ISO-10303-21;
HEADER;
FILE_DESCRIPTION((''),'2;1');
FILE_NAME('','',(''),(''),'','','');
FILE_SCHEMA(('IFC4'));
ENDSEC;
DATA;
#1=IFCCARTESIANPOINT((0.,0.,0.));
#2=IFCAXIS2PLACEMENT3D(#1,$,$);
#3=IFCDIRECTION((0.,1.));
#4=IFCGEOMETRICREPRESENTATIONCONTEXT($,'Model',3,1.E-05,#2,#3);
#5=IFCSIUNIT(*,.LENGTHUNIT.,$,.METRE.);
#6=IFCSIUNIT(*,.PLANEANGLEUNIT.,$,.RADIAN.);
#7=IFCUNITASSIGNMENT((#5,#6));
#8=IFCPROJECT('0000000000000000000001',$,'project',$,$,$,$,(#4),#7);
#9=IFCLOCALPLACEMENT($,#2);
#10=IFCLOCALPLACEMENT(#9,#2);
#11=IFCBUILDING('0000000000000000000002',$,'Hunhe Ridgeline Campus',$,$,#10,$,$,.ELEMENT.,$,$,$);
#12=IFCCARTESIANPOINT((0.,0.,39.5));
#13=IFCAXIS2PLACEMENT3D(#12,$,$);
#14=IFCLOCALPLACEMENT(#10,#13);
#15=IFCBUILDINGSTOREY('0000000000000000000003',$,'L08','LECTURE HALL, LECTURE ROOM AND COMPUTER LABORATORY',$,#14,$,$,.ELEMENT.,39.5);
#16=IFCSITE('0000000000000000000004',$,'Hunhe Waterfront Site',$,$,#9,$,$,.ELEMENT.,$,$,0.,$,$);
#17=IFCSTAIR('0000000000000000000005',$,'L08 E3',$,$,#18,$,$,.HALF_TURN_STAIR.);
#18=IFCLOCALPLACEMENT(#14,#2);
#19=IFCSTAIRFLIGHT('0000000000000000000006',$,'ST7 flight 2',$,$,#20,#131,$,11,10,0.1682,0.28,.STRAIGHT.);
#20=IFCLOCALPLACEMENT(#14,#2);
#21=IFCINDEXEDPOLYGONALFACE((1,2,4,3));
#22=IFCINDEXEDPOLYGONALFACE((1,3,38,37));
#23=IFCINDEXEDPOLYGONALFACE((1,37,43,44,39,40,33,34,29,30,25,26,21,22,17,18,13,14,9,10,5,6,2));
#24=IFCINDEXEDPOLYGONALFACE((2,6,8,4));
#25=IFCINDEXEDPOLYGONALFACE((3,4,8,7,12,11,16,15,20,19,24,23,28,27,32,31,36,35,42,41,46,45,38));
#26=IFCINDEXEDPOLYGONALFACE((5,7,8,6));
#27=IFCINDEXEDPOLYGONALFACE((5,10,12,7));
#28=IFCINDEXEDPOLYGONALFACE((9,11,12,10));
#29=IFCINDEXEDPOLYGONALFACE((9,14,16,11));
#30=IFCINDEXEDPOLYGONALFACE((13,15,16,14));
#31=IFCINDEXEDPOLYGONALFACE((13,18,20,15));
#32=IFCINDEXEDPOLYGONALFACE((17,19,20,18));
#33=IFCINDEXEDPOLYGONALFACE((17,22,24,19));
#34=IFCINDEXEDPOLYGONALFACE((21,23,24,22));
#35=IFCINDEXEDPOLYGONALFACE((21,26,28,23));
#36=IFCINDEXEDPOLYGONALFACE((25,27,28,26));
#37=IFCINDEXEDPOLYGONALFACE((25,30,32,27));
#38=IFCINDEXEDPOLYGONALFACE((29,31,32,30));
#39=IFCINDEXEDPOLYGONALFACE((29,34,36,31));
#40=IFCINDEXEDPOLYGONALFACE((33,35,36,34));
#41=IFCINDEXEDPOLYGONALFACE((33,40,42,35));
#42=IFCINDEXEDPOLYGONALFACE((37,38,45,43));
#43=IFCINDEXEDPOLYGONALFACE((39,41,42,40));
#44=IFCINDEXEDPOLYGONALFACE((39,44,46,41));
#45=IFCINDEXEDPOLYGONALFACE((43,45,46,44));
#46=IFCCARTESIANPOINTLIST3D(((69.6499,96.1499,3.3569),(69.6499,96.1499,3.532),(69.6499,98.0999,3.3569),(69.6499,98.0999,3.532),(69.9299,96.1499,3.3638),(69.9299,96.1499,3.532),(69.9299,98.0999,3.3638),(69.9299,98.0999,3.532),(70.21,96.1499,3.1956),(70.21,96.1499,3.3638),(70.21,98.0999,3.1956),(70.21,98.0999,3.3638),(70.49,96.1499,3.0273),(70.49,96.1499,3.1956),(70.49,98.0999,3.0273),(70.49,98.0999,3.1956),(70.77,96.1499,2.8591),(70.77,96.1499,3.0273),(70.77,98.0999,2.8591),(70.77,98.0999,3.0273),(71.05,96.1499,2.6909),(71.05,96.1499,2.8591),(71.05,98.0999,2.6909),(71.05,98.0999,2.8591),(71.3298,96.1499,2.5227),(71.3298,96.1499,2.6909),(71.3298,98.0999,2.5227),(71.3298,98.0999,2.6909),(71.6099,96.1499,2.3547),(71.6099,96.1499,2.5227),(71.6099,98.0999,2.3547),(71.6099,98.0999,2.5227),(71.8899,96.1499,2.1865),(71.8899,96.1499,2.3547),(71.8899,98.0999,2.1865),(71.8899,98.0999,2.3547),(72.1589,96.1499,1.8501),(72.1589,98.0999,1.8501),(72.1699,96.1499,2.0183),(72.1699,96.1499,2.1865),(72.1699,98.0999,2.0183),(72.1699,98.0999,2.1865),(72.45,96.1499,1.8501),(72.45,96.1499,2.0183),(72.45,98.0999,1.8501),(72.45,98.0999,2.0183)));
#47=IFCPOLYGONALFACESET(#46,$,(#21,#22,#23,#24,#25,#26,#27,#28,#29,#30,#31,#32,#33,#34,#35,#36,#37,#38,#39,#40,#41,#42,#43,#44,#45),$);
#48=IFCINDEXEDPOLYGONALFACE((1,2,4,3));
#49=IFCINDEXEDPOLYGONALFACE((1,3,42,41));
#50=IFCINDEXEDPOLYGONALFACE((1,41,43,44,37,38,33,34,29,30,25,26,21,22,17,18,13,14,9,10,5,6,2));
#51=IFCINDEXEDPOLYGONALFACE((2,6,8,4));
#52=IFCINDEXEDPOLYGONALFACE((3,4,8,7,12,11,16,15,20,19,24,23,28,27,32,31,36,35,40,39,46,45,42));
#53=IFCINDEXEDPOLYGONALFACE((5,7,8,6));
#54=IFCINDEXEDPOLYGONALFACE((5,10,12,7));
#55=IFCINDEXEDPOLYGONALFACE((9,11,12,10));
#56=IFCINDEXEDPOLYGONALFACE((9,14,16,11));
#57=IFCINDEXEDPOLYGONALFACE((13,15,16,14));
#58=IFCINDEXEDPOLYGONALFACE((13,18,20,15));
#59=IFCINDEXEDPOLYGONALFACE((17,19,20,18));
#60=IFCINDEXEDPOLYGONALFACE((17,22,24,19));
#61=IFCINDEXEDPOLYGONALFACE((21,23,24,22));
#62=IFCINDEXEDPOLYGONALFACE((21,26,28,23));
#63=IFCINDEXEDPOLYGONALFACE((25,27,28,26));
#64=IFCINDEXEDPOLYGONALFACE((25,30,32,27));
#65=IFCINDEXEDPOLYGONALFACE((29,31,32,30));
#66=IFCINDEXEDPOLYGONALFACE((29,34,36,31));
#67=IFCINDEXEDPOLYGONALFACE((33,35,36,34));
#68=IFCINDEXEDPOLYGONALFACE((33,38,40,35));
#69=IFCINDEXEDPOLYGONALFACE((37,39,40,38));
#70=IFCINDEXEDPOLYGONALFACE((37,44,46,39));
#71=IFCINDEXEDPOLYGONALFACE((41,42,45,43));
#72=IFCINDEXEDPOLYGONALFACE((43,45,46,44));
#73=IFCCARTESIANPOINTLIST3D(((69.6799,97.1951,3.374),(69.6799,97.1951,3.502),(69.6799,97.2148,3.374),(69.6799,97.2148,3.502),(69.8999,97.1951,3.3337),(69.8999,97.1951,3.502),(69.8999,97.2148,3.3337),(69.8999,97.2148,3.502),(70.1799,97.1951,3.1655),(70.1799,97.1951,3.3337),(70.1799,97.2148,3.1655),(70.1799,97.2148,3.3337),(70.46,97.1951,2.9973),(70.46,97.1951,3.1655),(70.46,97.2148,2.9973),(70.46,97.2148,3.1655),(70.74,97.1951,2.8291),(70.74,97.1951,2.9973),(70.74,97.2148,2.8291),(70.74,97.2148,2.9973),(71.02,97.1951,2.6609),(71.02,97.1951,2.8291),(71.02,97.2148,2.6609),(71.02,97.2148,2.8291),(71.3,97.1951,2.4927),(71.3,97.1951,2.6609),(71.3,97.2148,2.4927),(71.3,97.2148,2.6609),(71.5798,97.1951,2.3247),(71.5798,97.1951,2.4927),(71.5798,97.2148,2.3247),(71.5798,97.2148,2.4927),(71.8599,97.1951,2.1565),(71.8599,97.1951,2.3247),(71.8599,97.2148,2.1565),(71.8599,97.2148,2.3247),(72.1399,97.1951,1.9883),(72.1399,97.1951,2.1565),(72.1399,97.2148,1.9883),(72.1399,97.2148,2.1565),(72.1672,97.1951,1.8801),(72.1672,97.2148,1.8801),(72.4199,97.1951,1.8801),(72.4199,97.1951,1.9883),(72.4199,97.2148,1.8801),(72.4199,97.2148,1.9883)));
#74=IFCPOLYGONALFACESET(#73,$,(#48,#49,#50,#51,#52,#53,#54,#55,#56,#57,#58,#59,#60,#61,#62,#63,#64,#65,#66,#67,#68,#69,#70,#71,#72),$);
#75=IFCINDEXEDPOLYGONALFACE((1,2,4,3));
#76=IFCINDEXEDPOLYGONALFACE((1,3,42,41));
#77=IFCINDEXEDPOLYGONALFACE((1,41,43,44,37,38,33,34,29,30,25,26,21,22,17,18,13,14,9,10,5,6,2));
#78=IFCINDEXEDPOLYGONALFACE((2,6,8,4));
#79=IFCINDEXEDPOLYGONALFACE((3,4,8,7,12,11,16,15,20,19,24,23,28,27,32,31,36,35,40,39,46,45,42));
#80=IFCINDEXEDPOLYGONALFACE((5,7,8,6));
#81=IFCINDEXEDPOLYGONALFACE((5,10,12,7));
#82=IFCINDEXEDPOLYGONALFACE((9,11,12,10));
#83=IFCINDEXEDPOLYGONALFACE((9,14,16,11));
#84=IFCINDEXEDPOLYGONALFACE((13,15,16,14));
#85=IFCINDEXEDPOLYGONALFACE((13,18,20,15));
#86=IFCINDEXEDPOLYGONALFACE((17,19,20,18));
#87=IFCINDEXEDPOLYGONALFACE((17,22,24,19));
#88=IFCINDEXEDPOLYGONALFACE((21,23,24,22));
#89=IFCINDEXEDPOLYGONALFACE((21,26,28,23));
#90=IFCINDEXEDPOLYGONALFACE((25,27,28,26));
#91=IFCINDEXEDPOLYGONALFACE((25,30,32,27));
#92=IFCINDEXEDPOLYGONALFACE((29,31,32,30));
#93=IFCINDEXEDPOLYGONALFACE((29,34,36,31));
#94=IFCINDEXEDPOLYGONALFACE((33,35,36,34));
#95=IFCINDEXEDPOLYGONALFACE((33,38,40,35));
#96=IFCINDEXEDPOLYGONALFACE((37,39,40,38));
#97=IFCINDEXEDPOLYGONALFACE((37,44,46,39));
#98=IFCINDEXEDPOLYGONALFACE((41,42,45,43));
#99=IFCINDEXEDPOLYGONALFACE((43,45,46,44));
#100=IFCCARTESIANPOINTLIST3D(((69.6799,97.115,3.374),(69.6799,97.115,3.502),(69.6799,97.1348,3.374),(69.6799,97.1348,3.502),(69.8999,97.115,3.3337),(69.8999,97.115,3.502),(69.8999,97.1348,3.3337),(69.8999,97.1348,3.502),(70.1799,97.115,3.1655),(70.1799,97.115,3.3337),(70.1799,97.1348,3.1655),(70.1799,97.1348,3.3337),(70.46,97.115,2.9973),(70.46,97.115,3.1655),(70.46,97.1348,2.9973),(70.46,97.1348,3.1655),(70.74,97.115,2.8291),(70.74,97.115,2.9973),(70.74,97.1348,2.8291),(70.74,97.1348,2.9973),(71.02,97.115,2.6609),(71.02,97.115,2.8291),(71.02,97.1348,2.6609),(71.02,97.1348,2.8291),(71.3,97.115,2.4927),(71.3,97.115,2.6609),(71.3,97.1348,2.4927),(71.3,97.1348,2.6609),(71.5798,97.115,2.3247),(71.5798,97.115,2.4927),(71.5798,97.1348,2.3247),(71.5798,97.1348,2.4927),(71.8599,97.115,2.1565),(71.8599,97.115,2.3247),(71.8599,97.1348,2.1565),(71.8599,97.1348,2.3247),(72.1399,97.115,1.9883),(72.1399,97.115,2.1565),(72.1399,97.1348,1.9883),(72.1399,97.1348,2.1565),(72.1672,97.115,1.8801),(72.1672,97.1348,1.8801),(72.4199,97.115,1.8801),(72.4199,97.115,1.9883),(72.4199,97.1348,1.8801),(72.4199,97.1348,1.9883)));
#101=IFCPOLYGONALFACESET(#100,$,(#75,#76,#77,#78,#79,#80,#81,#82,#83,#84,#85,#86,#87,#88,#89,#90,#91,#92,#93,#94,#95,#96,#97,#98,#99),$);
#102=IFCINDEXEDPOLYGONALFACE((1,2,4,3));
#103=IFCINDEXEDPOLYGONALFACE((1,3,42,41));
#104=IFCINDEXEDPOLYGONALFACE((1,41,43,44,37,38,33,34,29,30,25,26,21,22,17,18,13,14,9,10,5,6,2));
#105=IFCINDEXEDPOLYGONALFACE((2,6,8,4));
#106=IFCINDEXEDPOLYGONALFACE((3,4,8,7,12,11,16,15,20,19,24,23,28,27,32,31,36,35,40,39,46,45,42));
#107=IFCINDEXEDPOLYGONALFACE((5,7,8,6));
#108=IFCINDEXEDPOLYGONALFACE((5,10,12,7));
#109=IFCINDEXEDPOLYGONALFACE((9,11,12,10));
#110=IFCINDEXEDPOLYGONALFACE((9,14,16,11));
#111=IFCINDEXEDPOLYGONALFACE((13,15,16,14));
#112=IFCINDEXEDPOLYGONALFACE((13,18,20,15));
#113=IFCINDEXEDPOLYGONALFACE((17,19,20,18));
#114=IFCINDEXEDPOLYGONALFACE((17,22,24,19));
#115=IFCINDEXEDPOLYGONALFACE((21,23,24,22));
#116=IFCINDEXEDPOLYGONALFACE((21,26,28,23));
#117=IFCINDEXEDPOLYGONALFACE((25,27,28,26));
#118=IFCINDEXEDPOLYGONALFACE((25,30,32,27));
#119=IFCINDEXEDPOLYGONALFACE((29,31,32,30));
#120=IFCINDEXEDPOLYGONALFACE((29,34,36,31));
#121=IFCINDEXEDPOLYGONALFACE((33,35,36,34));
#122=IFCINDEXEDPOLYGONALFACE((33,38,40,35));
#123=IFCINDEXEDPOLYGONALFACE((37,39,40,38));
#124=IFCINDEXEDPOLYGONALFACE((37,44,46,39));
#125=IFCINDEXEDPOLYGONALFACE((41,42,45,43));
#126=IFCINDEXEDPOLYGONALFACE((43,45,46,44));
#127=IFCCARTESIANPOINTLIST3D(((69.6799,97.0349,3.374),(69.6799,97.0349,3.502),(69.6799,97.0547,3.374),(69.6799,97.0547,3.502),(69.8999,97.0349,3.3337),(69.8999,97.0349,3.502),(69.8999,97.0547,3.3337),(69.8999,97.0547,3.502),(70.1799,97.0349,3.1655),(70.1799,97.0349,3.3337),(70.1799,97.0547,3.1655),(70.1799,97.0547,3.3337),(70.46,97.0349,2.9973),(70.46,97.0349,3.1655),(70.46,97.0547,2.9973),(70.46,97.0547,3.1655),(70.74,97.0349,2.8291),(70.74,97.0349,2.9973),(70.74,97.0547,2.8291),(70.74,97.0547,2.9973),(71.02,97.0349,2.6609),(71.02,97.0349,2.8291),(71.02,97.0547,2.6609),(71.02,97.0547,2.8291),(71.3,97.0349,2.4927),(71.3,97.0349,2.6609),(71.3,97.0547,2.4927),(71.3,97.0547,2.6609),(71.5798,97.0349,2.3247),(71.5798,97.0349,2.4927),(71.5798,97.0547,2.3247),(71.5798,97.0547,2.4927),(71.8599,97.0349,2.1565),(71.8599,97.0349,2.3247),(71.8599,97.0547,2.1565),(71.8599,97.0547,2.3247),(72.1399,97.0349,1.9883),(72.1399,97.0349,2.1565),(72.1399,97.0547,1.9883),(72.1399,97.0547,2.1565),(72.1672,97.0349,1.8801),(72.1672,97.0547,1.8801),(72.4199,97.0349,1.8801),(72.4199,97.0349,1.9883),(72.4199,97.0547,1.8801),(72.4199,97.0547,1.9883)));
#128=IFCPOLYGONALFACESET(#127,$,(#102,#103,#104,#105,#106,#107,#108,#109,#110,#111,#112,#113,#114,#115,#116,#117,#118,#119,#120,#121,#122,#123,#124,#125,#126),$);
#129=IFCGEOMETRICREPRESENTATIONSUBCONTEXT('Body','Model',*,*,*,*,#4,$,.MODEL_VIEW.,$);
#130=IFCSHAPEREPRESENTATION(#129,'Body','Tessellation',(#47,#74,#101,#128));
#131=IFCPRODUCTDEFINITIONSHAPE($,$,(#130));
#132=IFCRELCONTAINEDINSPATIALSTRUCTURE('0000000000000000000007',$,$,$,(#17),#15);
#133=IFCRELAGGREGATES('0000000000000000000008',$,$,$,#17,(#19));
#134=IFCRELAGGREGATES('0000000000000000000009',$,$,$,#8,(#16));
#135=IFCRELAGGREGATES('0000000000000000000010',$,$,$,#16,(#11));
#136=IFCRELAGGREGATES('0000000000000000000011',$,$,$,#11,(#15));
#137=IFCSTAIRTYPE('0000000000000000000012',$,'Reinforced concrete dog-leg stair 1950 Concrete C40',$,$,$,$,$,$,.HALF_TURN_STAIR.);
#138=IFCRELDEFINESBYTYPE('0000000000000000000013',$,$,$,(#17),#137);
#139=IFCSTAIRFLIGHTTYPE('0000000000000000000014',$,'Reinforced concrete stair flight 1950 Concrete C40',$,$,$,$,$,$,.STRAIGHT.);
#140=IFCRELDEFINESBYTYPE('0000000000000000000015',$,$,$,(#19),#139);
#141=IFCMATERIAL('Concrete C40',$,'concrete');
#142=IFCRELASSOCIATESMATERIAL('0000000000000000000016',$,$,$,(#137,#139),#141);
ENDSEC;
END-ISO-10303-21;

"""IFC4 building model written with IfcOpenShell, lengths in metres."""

from ifc_helpers import new_model, si_unit, direction, frame, origin, place, context, subcontext, project, spatial, polyline, outline, extrude, material, type_object, element, aggregate, save


model = new_model("IFC4")

# Units and contexts
model_context = context("Model", 3, precision=1e-05, world=origin(), true_north=direction((0.0, 1.0)))
body_context = subcontext(model_context, "Body", "Model", "MODEL_VIEW")
ifc_project = project(units=[si_unit("LENGTHUNIT", "METRE"), si_unit("PLANEANGLEUNIT", "RADIAN")], contexts=[model_context])

# Site, building, storey
site_placement = place(None, origin())
site = spatial("IfcSite", under=ifc_project, at=site_placement, Name="Hunhe Waterfront Site", CompositionType="ELEMENT", RefElevation=0.0)
building_placement = place(site_placement, origin())
building = spatial("IfcBuilding", under=site, at=building_placement, Name="Hunhe Ridgeline Campus", CompositionType="ELEMENT")
storey_placement = place(building_placement, frame((0.0, 0.0, 39.5)))
storey = spatial("IfcBuildingStorey", under=building, at=storey_placement, Name="L08", Description="LECTURE HALL, LECTURE ROOM AND COMPUTER LABORATORY", CompositionType="ELEMENT", Elevation=39.5)

# Stair, stair flight
ifc_material_1 = material(Name="Concrete C40", Category="concrete")
stair_type = type_object("IfcStairType", Name="Reinforced concrete dog-leg stair 1950 Concrete C40", PredefinedType="HALF_TURN_STAIR", material=ifc_material_1)
stair_placement = place(storey_placement, origin())
stair = element("IfcStair", 1, at=stair_placement, inside=storey, type_object=stair_type, Name="L08 E3", PredefinedType="HALF_TURN_STAIR")
stair_flight_type = type_object("IfcStairFlightType", Name="Reinforced concrete stair flight 1950 Concrete C40", PredefinedType="STRAIGHT", material=ifc_material_1)
stair_flight_1_placement = place(storey_placement, frame((72.45, 97.125, 1.8501), z_axis=(0.0, 0.0, 1.0), x_axis=(-1.0, 0.0, 0.0)))
stair_flight_1 = element("IfcStairFlight", 2, at=stair_flight_1_placement, type_object=stair_flight_type, Name="ST7 flight 2", NumberOfRisers=11, NumberOfTreads=10, PredefinedType="STRAIGHT", RiserHeight=0.1682, TreadLength=0.28, context=body_context, shape_type="SweptSolid", body=[
    extrude(outline(polyline([(0.0, 0.0), (0.0, 0.1682), (0.28, 0.1682), (0.28, 0.3364), (0.5601, 0.3364), (0.5601, 0.5046), (0.8401, 0.5046), (0.8401, 0.6726), (1.1201, 0.6726), (1.1201, 0.8408), (1.3999, 0.8408), (1.3999, 1.009), (1.6799, 1.009), (1.6799, 1.1772), (1.96, 1.1772), (1.96, 1.3455), (2.24, 1.3455), (2.24, 1.5137), (2.52, 1.5137), (2.52, 1.6819), (2.8, 1.6819), (2.8, 1.8501), (2.8, 1.5068), (0.291, 0.0), (0.0, 0.0)])), frame((0.0, 0.9751, 0.0), z_axis=(0.0, -1.0, 0.0), x_axis=(1.0, 0.0, 0.0)), (0.0, 0.0, 1.0), 1.95),
    extrude(outline(polyline([(0.03, 0.03), (0.03, 0.1382), (0.3101, 0.1382), (0.3101, 0.3064), (0.5901, 0.3064), (0.5901, 0.4746), (0.8701, 0.4746), (0.8701, 0.6426), (1.1499, 0.6426), (1.1499, 0.8108), (1.4299, 0.8108), (1.4299, 0.979), (1.71, 0.979), (1.71, 1.1472), (1.99, 1.1472), (1.99, 1.3154), (2.27, 1.3154), (2.27, 1.4836), (2.55, 1.4836), (2.55, 1.6519), (2.77, 1.6519), (2.77, 1.5239), (0.2827, 0.03), (0.03, 0.03)])), frame((0.0, -0.0701, 0.0), z_axis=(0.0, -1.0, 0.0), x_axis=(1.0, 0.0, 0.0)), (0.0, 0.0, 1.0), 0.0198),
    extrude(outline(polyline([(0.03, 0.03), (0.03, 0.1382), (0.3101, 0.1382), (0.3101, 0.3064), (0.5901, 0.3064), (0.5901, 0.4746), (0.8701, 0.4746), (0.8701, 0.6426), (1.1499, 0.6426), (1.1499, 0.8108), (1.4299, 0.8108), (1.4299, 0.979), (1.71, 0.979), (1.71, 1.1472), (1.99, 1.1472), (1.99, 1.3154), (2.27, 1.3154), (2.27, 1.4836), (2.55, 1.4836), (2.55, 1.6519), (2.77, 1.6519), (2.77, 1.5239), (0.2827, 0.03), (0.03, 0.03)])), frame((0.0, 0.01, 0.0), z_axis=(0.0, -1.0, 0.0), x_axis=(1.0, 0.0, 0.0)), (0.0, 0.0, 1.0), 0.0198),
    extrude(outline(polyline([(0.03, 0.03), (0.03, 0.1382), (0.3101, 0.1382), (0.3101, 0.3064), (0.5901, 0.3064), (0.5901, 0.4746), (0.8701, 0.4746), (0.8701, 0.6426), (1.1499, 0.6426), (1.1499, 0.8108), (1.4299, 0.8108), (1.4299, 0.979), (1.71, 0.979), (1.71, 1.1472), (1.99, 1.1472), (1.99, 1.3154), (2.27, 1.3154), (2.27, 1.4836), (2.55, 1.4836), (2.55, 1.6519), (2.77, 1.6519), (2.77, 1.5239), (0.2827, 0.03), (0.03, 0.03)])), frame((0.0, 0.0901, 0.0), z_axis=(0.0, -1.0, 0.0), x_axis=(1.0, 0.0, 0.0)), (0.0, 0.0, 1.0), 0.0198),
])
aggregate(stair, [stair_flight_1])

save(model, "model.ifc")
